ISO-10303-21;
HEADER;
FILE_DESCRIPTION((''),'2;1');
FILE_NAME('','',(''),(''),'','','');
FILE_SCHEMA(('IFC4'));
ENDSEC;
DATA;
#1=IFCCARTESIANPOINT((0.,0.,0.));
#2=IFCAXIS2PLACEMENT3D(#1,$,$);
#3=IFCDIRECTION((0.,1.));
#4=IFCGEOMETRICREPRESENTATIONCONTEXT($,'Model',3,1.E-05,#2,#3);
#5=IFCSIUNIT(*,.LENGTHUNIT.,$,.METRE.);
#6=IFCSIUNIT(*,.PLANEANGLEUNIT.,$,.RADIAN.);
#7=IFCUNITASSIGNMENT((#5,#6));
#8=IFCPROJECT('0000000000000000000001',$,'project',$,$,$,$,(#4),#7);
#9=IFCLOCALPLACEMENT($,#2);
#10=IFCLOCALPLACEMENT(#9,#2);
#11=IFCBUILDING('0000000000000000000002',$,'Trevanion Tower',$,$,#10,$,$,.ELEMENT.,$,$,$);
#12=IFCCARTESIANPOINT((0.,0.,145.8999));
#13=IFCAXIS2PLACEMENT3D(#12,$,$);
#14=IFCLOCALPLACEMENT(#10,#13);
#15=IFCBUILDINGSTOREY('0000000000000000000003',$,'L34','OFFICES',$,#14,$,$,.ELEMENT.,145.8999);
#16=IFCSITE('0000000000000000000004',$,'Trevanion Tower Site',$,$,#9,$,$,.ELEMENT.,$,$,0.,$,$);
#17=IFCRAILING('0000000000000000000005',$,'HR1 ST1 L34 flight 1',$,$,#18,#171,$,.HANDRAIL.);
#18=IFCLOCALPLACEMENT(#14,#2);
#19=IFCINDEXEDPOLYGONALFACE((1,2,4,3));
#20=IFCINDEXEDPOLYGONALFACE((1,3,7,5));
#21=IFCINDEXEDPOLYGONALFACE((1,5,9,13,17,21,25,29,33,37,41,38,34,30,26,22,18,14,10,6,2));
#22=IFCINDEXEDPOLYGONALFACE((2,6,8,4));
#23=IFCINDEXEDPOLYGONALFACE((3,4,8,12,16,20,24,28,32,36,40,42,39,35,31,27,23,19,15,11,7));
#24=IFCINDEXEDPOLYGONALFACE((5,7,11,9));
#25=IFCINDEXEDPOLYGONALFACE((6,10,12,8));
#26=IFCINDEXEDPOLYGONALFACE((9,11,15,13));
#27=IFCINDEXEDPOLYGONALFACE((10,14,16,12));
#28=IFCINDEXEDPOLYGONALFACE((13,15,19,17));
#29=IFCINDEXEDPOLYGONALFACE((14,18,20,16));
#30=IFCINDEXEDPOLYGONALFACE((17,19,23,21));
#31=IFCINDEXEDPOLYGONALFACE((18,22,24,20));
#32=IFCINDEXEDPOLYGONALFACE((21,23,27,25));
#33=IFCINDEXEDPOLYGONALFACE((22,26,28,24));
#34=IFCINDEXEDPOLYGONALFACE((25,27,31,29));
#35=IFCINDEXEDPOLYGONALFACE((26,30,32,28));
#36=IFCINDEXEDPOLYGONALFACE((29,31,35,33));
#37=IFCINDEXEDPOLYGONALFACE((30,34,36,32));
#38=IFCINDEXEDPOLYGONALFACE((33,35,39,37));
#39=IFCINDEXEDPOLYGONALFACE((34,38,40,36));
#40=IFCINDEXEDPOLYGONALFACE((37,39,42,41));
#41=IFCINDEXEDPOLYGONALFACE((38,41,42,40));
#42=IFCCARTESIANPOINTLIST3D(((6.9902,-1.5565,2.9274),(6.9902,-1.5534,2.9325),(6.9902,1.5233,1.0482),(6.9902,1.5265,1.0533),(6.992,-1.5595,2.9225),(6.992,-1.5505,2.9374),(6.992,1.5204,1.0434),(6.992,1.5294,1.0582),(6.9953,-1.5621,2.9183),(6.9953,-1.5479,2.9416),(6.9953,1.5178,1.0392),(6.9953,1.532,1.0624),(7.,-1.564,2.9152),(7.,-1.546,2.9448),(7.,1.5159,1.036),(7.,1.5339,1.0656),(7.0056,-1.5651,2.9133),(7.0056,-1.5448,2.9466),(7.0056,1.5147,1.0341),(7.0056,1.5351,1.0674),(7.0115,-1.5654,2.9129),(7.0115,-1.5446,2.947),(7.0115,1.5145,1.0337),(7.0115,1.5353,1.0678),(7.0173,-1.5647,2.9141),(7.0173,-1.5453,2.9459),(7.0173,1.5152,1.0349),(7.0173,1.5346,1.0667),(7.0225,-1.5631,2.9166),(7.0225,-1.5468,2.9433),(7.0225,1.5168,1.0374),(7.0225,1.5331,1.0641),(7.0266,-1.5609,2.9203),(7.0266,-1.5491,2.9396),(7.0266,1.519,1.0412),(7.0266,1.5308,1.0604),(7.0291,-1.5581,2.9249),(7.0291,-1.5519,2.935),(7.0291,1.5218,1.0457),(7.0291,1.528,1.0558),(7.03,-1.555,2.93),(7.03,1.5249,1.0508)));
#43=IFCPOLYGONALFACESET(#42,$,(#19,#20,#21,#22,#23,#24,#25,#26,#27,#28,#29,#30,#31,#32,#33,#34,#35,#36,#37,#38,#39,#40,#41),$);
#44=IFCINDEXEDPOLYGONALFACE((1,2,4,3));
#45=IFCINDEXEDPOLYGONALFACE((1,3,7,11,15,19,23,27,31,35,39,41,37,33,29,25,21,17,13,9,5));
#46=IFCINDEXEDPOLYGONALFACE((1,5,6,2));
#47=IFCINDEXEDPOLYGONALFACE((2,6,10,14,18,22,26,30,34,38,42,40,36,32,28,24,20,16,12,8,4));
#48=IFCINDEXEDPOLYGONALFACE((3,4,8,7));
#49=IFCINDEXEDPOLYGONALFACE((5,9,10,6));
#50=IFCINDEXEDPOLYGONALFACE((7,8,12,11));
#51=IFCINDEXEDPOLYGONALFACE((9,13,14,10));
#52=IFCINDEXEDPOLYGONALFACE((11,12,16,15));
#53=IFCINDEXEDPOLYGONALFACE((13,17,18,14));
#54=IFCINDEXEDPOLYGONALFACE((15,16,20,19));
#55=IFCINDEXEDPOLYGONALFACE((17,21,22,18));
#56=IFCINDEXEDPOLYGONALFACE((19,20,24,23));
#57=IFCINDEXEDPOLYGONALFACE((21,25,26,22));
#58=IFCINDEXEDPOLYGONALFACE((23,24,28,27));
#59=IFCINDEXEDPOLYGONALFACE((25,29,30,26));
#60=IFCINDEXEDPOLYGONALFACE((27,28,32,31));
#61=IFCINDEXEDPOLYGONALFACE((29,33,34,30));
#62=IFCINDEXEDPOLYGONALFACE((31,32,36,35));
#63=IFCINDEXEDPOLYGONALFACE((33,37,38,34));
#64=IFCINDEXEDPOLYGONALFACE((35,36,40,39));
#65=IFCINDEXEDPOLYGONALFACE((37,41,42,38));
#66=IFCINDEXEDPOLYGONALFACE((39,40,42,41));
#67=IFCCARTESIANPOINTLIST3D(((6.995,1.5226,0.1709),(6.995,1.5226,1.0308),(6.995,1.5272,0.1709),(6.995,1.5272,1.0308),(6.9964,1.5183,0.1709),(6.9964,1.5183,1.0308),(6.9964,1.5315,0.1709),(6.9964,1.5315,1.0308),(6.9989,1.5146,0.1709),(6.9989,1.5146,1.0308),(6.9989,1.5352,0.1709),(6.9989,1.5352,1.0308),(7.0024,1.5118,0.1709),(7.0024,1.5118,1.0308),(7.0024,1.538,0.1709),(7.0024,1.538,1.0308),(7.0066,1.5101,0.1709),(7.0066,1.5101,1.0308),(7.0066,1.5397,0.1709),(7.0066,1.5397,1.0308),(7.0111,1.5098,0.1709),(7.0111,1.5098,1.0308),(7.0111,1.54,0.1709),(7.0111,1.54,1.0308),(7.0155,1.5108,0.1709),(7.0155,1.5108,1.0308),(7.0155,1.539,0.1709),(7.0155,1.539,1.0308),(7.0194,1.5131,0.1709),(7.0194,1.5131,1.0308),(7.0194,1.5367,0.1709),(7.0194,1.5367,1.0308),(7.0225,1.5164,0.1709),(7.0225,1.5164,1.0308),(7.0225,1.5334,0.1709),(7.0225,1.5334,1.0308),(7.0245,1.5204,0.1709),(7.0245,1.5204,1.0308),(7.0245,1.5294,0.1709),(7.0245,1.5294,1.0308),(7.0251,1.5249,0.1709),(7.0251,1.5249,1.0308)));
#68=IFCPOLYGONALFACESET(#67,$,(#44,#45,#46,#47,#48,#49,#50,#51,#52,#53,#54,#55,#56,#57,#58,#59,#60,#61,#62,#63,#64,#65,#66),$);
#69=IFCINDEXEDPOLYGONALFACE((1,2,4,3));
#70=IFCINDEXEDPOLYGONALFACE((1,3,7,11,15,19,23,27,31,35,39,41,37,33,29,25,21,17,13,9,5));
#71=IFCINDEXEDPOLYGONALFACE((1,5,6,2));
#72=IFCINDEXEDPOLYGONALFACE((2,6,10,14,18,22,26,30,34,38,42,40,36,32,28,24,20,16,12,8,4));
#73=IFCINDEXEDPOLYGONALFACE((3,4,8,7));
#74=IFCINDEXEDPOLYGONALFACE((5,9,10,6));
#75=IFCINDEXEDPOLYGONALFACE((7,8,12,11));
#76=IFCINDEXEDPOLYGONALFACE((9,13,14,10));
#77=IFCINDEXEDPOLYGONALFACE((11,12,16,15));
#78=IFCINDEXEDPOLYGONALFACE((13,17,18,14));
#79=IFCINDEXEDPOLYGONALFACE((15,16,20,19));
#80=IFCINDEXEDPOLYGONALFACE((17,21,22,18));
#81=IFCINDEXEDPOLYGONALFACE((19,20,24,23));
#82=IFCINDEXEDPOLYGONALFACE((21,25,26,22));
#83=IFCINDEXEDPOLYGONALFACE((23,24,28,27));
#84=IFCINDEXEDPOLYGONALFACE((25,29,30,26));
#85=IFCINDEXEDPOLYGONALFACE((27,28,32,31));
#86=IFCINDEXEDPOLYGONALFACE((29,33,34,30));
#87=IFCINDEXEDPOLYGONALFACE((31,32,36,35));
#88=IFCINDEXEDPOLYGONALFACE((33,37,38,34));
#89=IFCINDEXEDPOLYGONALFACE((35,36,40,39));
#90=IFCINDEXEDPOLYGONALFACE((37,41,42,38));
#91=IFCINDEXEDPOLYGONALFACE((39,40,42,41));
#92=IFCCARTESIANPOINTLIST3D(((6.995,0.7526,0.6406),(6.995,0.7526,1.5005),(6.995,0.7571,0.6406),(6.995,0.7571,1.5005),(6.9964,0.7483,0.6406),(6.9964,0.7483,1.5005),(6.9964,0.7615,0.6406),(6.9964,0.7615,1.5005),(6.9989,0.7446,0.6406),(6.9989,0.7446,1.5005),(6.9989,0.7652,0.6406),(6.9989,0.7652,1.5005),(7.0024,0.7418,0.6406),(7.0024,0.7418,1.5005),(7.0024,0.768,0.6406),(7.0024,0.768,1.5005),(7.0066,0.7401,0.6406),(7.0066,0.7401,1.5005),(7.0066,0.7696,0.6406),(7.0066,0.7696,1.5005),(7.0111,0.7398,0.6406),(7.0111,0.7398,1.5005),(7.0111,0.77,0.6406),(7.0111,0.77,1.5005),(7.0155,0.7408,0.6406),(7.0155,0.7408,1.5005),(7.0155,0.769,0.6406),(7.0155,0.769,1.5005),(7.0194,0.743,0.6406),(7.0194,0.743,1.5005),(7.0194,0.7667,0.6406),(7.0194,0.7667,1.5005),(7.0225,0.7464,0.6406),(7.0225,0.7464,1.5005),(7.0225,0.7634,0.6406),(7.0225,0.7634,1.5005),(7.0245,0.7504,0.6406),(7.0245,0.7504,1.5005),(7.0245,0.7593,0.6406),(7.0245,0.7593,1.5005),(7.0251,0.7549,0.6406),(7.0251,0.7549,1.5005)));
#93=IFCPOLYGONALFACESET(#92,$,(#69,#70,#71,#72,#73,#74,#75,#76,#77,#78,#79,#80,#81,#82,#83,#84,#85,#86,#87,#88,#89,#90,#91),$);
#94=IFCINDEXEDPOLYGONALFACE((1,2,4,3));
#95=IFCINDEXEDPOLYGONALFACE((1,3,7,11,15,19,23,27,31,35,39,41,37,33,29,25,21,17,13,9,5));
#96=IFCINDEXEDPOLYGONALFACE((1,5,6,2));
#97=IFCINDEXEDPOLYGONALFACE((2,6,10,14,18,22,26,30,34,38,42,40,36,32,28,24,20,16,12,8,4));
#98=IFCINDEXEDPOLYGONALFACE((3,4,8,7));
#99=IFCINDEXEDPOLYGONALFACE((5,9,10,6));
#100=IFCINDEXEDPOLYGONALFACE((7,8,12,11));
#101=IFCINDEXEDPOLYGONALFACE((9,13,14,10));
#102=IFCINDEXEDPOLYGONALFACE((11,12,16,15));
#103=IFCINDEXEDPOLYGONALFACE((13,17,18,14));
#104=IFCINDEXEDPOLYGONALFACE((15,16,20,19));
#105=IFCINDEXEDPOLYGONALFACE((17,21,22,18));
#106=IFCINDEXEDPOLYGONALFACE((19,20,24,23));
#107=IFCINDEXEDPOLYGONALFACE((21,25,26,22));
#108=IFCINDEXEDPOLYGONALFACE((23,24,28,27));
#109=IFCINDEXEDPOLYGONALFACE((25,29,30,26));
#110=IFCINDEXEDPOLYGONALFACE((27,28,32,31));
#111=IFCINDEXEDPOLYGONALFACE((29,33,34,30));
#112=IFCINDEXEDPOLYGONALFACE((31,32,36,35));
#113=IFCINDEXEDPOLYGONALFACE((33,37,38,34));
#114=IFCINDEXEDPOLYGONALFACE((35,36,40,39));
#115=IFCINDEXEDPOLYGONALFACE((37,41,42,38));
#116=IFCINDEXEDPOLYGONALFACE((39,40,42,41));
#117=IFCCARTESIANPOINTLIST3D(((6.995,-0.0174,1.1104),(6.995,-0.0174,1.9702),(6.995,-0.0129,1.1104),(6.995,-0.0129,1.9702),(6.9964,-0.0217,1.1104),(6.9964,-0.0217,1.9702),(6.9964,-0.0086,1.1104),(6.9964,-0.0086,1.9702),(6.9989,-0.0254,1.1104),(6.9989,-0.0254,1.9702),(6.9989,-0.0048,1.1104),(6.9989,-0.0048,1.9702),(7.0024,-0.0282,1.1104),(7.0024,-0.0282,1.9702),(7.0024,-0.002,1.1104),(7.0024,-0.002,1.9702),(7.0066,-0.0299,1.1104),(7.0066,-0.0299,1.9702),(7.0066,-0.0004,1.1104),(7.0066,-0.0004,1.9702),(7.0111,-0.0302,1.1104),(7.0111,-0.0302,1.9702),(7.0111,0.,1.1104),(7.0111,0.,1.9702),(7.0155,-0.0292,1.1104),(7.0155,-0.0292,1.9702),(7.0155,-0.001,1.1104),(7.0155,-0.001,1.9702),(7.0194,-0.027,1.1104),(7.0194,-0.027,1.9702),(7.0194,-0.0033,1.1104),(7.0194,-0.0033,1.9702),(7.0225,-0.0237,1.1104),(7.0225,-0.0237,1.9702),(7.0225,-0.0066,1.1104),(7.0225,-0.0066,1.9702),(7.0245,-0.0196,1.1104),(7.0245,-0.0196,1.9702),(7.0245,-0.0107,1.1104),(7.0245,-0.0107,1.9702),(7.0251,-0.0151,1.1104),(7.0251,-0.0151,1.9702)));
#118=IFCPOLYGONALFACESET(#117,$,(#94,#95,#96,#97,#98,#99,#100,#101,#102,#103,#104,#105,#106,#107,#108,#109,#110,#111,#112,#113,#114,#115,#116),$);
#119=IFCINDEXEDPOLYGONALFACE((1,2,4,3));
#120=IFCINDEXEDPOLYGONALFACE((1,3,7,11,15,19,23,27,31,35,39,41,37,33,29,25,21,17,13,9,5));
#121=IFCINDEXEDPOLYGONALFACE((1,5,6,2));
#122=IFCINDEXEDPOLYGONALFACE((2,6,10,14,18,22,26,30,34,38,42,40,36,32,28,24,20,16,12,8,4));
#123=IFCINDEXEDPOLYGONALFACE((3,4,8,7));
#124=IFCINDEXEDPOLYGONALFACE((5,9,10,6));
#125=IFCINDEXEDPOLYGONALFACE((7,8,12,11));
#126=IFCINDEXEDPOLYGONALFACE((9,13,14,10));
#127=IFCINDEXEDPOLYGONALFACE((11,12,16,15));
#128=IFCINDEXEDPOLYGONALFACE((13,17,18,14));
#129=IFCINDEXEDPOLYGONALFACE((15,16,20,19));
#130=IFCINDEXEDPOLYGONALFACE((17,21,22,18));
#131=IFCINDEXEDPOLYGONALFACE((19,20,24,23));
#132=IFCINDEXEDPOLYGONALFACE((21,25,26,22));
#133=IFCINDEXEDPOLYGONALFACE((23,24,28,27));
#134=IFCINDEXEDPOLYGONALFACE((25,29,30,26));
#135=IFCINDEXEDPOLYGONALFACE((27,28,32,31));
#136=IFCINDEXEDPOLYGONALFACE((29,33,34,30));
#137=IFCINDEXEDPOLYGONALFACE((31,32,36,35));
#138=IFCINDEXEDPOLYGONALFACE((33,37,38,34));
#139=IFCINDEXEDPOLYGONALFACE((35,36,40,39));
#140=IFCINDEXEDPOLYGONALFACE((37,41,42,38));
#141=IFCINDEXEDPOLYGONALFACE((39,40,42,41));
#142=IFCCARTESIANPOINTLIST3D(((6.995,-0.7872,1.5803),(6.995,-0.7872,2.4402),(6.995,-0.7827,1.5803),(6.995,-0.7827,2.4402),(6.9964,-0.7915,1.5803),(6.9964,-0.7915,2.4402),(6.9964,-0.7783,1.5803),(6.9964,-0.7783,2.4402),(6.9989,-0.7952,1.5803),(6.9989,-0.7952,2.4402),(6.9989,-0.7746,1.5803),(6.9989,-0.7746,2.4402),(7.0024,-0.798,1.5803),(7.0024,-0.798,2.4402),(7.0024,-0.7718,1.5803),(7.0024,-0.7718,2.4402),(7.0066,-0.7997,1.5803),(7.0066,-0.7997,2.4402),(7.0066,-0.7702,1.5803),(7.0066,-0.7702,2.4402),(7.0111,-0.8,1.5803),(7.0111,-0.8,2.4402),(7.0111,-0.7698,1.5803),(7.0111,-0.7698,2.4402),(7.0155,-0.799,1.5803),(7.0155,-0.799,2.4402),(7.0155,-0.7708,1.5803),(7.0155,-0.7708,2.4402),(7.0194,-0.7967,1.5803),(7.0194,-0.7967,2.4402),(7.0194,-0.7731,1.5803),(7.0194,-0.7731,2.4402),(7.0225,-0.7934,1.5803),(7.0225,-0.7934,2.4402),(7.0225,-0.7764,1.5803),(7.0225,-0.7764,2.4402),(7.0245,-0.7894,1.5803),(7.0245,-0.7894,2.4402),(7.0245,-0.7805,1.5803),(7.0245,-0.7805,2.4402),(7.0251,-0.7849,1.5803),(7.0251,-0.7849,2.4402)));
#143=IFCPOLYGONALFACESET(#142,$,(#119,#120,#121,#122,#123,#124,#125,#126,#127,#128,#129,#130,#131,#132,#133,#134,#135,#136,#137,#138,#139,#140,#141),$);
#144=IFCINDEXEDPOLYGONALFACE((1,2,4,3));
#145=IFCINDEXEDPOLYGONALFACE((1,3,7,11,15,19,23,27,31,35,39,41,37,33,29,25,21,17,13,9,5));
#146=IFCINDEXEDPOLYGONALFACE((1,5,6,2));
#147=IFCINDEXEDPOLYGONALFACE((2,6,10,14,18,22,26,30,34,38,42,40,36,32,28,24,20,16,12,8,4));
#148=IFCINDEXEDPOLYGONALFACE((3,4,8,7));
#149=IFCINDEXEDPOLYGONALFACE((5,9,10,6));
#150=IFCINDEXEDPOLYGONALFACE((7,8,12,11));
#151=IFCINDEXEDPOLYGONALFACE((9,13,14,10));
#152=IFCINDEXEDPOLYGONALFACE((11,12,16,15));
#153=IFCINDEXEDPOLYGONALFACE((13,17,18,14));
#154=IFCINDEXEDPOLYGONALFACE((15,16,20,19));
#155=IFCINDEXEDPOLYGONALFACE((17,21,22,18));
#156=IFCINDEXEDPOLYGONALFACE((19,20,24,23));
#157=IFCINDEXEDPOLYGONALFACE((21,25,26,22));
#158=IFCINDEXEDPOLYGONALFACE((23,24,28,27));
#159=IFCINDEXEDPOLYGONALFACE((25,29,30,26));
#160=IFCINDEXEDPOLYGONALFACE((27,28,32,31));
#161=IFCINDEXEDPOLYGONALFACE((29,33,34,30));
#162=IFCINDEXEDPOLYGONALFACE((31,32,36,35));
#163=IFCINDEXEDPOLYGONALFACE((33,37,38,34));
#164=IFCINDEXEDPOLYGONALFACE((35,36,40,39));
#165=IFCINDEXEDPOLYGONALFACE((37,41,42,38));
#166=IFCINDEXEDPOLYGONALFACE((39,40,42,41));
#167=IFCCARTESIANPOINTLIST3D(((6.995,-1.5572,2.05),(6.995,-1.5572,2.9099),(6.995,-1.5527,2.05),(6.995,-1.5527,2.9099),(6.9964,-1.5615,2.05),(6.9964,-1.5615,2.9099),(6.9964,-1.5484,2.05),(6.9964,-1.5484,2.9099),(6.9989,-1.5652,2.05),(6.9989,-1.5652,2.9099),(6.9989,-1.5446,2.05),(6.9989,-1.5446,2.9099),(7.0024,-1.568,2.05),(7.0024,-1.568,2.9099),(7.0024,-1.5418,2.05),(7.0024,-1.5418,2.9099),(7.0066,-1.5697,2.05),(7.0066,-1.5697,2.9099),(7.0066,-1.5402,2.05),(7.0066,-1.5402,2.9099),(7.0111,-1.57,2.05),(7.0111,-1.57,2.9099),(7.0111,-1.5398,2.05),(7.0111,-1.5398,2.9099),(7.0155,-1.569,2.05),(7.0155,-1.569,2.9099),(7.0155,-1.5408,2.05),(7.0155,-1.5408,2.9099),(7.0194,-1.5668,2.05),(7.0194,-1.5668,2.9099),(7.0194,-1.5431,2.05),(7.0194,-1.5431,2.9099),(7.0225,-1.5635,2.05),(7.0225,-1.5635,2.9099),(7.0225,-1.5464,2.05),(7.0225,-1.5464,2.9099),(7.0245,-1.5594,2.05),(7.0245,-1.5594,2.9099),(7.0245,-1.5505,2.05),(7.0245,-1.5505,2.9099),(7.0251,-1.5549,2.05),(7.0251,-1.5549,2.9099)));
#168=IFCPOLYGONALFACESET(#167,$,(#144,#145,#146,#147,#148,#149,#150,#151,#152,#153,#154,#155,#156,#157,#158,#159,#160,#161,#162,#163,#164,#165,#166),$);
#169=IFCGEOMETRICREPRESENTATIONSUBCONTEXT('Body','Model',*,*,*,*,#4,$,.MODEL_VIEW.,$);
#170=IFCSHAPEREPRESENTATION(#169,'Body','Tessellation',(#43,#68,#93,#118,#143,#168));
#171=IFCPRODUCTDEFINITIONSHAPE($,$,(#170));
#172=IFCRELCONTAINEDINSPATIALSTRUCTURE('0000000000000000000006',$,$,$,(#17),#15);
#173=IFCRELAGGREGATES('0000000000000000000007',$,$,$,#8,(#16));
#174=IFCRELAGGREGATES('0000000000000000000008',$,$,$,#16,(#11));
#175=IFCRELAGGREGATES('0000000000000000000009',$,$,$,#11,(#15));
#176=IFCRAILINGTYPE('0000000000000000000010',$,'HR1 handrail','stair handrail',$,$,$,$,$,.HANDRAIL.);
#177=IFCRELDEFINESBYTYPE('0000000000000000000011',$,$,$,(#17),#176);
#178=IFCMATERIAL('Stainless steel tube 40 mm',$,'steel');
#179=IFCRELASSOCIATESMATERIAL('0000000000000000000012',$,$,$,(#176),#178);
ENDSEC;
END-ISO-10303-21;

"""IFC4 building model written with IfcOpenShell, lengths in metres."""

from ifc_helpers import new_model, si_unit, direction, frame, origin, origin_2d, place, context, subcontext, project, spatial, circle, extrude, material, type_object, element, save


model = new_model("IFC4")

# Units and contexts
model_context = context("Model", 3, precision=1e-05, world=origin(), true_north=direction((0.0, 1.0)))
body_context = subcontext(model_context, "Body", "Model", "MODEL_VIEW")
ifc_project = project(units=[si_unit("LENGTHUNIT", "METRE"), si_unit("PLANEANGLEUNIT", "RADIAN")], contexts=[model_context])

# Site, building, storey
site_placement = place(None, origin())
site = spatial("IfcSite", under=ifc_project, at=site_placement, Name="Trevanion Tower Site", CompositionType="ELEMENT", RefElevation=0.0)
building_placement = place(site_placement, origin())
building = spatial("IfcBuilding", under=site, at=building_placement, Name="Trevanion Tower", CompositionType="ELEMENT")
storey_placement = place(building_placement, frame((0.0, 0.0, 145.8999)))
storey = spatial("IfcBuildingStorey", under=building, at=storey_placement, Name="L34", Description="OFFICES", CompositionType="ELEMENT", Elevation=145.8999)

# Railing
ifc_material_1 = material(Name="Stainless steel tube 40 mm", Category="steel")
railing_type = type_object("IfcRailingType", Name="HR1 handrail", Description="stair handrail", PredefinedType="HANDRAIL", material=ifc_material_1)
for number, where, name in (
    (1, (7.01, 1.5249, 0.1709), "HR1 ST1 L34 flight 1"),
):
    element("IfcRailing", number, at=place(storey_placement, frame(where)), inside=storey, type_object=railing_type, Name=name, PredefinedType="HANDRAIL", context=body_context, shape_type="SweptSolid", body=[
        extrude(circle(Radius=0.02, at=origin_2d()), frame((0.0, 0.0, 0.8799), z_axis=(0.0, -0.853648, 0.52085), x_axis=(1.0, 0.0, 0.0)), (0.0, 0.0, 1.0), 3.6079),
        extrude(circle(Radius=0.0151, at=origin_2d()), origin(), (0.0, 0.0, 1.0), 0.8599),
        extrude(circle(Radius=0.0151, at=origin_2d()), frame((0.0, -0.77, 0.4697)), (0.0, 0.0, 1.0), 0.8599),
        extrude(circle(Radius=0.0151, at=origin_2d()), frame((0.0, -1.54, 0.9395)), (0.0, 0.0, 1.0), 0.8599),
        extrude(circle(Radius=0.0151, at=origin_2d()), frame((0.0, -2.3098, 1.4094)), (0.0, 0.0, 1.0), 0.8599),
        extrude(circle(Radius=0.0151, at=origin_2d()), frame((0.0, -3.0798, 1.8792)), (0.0, 0.0, 1.0), 0.8599),
    ])

save(model, "model.ifc")
